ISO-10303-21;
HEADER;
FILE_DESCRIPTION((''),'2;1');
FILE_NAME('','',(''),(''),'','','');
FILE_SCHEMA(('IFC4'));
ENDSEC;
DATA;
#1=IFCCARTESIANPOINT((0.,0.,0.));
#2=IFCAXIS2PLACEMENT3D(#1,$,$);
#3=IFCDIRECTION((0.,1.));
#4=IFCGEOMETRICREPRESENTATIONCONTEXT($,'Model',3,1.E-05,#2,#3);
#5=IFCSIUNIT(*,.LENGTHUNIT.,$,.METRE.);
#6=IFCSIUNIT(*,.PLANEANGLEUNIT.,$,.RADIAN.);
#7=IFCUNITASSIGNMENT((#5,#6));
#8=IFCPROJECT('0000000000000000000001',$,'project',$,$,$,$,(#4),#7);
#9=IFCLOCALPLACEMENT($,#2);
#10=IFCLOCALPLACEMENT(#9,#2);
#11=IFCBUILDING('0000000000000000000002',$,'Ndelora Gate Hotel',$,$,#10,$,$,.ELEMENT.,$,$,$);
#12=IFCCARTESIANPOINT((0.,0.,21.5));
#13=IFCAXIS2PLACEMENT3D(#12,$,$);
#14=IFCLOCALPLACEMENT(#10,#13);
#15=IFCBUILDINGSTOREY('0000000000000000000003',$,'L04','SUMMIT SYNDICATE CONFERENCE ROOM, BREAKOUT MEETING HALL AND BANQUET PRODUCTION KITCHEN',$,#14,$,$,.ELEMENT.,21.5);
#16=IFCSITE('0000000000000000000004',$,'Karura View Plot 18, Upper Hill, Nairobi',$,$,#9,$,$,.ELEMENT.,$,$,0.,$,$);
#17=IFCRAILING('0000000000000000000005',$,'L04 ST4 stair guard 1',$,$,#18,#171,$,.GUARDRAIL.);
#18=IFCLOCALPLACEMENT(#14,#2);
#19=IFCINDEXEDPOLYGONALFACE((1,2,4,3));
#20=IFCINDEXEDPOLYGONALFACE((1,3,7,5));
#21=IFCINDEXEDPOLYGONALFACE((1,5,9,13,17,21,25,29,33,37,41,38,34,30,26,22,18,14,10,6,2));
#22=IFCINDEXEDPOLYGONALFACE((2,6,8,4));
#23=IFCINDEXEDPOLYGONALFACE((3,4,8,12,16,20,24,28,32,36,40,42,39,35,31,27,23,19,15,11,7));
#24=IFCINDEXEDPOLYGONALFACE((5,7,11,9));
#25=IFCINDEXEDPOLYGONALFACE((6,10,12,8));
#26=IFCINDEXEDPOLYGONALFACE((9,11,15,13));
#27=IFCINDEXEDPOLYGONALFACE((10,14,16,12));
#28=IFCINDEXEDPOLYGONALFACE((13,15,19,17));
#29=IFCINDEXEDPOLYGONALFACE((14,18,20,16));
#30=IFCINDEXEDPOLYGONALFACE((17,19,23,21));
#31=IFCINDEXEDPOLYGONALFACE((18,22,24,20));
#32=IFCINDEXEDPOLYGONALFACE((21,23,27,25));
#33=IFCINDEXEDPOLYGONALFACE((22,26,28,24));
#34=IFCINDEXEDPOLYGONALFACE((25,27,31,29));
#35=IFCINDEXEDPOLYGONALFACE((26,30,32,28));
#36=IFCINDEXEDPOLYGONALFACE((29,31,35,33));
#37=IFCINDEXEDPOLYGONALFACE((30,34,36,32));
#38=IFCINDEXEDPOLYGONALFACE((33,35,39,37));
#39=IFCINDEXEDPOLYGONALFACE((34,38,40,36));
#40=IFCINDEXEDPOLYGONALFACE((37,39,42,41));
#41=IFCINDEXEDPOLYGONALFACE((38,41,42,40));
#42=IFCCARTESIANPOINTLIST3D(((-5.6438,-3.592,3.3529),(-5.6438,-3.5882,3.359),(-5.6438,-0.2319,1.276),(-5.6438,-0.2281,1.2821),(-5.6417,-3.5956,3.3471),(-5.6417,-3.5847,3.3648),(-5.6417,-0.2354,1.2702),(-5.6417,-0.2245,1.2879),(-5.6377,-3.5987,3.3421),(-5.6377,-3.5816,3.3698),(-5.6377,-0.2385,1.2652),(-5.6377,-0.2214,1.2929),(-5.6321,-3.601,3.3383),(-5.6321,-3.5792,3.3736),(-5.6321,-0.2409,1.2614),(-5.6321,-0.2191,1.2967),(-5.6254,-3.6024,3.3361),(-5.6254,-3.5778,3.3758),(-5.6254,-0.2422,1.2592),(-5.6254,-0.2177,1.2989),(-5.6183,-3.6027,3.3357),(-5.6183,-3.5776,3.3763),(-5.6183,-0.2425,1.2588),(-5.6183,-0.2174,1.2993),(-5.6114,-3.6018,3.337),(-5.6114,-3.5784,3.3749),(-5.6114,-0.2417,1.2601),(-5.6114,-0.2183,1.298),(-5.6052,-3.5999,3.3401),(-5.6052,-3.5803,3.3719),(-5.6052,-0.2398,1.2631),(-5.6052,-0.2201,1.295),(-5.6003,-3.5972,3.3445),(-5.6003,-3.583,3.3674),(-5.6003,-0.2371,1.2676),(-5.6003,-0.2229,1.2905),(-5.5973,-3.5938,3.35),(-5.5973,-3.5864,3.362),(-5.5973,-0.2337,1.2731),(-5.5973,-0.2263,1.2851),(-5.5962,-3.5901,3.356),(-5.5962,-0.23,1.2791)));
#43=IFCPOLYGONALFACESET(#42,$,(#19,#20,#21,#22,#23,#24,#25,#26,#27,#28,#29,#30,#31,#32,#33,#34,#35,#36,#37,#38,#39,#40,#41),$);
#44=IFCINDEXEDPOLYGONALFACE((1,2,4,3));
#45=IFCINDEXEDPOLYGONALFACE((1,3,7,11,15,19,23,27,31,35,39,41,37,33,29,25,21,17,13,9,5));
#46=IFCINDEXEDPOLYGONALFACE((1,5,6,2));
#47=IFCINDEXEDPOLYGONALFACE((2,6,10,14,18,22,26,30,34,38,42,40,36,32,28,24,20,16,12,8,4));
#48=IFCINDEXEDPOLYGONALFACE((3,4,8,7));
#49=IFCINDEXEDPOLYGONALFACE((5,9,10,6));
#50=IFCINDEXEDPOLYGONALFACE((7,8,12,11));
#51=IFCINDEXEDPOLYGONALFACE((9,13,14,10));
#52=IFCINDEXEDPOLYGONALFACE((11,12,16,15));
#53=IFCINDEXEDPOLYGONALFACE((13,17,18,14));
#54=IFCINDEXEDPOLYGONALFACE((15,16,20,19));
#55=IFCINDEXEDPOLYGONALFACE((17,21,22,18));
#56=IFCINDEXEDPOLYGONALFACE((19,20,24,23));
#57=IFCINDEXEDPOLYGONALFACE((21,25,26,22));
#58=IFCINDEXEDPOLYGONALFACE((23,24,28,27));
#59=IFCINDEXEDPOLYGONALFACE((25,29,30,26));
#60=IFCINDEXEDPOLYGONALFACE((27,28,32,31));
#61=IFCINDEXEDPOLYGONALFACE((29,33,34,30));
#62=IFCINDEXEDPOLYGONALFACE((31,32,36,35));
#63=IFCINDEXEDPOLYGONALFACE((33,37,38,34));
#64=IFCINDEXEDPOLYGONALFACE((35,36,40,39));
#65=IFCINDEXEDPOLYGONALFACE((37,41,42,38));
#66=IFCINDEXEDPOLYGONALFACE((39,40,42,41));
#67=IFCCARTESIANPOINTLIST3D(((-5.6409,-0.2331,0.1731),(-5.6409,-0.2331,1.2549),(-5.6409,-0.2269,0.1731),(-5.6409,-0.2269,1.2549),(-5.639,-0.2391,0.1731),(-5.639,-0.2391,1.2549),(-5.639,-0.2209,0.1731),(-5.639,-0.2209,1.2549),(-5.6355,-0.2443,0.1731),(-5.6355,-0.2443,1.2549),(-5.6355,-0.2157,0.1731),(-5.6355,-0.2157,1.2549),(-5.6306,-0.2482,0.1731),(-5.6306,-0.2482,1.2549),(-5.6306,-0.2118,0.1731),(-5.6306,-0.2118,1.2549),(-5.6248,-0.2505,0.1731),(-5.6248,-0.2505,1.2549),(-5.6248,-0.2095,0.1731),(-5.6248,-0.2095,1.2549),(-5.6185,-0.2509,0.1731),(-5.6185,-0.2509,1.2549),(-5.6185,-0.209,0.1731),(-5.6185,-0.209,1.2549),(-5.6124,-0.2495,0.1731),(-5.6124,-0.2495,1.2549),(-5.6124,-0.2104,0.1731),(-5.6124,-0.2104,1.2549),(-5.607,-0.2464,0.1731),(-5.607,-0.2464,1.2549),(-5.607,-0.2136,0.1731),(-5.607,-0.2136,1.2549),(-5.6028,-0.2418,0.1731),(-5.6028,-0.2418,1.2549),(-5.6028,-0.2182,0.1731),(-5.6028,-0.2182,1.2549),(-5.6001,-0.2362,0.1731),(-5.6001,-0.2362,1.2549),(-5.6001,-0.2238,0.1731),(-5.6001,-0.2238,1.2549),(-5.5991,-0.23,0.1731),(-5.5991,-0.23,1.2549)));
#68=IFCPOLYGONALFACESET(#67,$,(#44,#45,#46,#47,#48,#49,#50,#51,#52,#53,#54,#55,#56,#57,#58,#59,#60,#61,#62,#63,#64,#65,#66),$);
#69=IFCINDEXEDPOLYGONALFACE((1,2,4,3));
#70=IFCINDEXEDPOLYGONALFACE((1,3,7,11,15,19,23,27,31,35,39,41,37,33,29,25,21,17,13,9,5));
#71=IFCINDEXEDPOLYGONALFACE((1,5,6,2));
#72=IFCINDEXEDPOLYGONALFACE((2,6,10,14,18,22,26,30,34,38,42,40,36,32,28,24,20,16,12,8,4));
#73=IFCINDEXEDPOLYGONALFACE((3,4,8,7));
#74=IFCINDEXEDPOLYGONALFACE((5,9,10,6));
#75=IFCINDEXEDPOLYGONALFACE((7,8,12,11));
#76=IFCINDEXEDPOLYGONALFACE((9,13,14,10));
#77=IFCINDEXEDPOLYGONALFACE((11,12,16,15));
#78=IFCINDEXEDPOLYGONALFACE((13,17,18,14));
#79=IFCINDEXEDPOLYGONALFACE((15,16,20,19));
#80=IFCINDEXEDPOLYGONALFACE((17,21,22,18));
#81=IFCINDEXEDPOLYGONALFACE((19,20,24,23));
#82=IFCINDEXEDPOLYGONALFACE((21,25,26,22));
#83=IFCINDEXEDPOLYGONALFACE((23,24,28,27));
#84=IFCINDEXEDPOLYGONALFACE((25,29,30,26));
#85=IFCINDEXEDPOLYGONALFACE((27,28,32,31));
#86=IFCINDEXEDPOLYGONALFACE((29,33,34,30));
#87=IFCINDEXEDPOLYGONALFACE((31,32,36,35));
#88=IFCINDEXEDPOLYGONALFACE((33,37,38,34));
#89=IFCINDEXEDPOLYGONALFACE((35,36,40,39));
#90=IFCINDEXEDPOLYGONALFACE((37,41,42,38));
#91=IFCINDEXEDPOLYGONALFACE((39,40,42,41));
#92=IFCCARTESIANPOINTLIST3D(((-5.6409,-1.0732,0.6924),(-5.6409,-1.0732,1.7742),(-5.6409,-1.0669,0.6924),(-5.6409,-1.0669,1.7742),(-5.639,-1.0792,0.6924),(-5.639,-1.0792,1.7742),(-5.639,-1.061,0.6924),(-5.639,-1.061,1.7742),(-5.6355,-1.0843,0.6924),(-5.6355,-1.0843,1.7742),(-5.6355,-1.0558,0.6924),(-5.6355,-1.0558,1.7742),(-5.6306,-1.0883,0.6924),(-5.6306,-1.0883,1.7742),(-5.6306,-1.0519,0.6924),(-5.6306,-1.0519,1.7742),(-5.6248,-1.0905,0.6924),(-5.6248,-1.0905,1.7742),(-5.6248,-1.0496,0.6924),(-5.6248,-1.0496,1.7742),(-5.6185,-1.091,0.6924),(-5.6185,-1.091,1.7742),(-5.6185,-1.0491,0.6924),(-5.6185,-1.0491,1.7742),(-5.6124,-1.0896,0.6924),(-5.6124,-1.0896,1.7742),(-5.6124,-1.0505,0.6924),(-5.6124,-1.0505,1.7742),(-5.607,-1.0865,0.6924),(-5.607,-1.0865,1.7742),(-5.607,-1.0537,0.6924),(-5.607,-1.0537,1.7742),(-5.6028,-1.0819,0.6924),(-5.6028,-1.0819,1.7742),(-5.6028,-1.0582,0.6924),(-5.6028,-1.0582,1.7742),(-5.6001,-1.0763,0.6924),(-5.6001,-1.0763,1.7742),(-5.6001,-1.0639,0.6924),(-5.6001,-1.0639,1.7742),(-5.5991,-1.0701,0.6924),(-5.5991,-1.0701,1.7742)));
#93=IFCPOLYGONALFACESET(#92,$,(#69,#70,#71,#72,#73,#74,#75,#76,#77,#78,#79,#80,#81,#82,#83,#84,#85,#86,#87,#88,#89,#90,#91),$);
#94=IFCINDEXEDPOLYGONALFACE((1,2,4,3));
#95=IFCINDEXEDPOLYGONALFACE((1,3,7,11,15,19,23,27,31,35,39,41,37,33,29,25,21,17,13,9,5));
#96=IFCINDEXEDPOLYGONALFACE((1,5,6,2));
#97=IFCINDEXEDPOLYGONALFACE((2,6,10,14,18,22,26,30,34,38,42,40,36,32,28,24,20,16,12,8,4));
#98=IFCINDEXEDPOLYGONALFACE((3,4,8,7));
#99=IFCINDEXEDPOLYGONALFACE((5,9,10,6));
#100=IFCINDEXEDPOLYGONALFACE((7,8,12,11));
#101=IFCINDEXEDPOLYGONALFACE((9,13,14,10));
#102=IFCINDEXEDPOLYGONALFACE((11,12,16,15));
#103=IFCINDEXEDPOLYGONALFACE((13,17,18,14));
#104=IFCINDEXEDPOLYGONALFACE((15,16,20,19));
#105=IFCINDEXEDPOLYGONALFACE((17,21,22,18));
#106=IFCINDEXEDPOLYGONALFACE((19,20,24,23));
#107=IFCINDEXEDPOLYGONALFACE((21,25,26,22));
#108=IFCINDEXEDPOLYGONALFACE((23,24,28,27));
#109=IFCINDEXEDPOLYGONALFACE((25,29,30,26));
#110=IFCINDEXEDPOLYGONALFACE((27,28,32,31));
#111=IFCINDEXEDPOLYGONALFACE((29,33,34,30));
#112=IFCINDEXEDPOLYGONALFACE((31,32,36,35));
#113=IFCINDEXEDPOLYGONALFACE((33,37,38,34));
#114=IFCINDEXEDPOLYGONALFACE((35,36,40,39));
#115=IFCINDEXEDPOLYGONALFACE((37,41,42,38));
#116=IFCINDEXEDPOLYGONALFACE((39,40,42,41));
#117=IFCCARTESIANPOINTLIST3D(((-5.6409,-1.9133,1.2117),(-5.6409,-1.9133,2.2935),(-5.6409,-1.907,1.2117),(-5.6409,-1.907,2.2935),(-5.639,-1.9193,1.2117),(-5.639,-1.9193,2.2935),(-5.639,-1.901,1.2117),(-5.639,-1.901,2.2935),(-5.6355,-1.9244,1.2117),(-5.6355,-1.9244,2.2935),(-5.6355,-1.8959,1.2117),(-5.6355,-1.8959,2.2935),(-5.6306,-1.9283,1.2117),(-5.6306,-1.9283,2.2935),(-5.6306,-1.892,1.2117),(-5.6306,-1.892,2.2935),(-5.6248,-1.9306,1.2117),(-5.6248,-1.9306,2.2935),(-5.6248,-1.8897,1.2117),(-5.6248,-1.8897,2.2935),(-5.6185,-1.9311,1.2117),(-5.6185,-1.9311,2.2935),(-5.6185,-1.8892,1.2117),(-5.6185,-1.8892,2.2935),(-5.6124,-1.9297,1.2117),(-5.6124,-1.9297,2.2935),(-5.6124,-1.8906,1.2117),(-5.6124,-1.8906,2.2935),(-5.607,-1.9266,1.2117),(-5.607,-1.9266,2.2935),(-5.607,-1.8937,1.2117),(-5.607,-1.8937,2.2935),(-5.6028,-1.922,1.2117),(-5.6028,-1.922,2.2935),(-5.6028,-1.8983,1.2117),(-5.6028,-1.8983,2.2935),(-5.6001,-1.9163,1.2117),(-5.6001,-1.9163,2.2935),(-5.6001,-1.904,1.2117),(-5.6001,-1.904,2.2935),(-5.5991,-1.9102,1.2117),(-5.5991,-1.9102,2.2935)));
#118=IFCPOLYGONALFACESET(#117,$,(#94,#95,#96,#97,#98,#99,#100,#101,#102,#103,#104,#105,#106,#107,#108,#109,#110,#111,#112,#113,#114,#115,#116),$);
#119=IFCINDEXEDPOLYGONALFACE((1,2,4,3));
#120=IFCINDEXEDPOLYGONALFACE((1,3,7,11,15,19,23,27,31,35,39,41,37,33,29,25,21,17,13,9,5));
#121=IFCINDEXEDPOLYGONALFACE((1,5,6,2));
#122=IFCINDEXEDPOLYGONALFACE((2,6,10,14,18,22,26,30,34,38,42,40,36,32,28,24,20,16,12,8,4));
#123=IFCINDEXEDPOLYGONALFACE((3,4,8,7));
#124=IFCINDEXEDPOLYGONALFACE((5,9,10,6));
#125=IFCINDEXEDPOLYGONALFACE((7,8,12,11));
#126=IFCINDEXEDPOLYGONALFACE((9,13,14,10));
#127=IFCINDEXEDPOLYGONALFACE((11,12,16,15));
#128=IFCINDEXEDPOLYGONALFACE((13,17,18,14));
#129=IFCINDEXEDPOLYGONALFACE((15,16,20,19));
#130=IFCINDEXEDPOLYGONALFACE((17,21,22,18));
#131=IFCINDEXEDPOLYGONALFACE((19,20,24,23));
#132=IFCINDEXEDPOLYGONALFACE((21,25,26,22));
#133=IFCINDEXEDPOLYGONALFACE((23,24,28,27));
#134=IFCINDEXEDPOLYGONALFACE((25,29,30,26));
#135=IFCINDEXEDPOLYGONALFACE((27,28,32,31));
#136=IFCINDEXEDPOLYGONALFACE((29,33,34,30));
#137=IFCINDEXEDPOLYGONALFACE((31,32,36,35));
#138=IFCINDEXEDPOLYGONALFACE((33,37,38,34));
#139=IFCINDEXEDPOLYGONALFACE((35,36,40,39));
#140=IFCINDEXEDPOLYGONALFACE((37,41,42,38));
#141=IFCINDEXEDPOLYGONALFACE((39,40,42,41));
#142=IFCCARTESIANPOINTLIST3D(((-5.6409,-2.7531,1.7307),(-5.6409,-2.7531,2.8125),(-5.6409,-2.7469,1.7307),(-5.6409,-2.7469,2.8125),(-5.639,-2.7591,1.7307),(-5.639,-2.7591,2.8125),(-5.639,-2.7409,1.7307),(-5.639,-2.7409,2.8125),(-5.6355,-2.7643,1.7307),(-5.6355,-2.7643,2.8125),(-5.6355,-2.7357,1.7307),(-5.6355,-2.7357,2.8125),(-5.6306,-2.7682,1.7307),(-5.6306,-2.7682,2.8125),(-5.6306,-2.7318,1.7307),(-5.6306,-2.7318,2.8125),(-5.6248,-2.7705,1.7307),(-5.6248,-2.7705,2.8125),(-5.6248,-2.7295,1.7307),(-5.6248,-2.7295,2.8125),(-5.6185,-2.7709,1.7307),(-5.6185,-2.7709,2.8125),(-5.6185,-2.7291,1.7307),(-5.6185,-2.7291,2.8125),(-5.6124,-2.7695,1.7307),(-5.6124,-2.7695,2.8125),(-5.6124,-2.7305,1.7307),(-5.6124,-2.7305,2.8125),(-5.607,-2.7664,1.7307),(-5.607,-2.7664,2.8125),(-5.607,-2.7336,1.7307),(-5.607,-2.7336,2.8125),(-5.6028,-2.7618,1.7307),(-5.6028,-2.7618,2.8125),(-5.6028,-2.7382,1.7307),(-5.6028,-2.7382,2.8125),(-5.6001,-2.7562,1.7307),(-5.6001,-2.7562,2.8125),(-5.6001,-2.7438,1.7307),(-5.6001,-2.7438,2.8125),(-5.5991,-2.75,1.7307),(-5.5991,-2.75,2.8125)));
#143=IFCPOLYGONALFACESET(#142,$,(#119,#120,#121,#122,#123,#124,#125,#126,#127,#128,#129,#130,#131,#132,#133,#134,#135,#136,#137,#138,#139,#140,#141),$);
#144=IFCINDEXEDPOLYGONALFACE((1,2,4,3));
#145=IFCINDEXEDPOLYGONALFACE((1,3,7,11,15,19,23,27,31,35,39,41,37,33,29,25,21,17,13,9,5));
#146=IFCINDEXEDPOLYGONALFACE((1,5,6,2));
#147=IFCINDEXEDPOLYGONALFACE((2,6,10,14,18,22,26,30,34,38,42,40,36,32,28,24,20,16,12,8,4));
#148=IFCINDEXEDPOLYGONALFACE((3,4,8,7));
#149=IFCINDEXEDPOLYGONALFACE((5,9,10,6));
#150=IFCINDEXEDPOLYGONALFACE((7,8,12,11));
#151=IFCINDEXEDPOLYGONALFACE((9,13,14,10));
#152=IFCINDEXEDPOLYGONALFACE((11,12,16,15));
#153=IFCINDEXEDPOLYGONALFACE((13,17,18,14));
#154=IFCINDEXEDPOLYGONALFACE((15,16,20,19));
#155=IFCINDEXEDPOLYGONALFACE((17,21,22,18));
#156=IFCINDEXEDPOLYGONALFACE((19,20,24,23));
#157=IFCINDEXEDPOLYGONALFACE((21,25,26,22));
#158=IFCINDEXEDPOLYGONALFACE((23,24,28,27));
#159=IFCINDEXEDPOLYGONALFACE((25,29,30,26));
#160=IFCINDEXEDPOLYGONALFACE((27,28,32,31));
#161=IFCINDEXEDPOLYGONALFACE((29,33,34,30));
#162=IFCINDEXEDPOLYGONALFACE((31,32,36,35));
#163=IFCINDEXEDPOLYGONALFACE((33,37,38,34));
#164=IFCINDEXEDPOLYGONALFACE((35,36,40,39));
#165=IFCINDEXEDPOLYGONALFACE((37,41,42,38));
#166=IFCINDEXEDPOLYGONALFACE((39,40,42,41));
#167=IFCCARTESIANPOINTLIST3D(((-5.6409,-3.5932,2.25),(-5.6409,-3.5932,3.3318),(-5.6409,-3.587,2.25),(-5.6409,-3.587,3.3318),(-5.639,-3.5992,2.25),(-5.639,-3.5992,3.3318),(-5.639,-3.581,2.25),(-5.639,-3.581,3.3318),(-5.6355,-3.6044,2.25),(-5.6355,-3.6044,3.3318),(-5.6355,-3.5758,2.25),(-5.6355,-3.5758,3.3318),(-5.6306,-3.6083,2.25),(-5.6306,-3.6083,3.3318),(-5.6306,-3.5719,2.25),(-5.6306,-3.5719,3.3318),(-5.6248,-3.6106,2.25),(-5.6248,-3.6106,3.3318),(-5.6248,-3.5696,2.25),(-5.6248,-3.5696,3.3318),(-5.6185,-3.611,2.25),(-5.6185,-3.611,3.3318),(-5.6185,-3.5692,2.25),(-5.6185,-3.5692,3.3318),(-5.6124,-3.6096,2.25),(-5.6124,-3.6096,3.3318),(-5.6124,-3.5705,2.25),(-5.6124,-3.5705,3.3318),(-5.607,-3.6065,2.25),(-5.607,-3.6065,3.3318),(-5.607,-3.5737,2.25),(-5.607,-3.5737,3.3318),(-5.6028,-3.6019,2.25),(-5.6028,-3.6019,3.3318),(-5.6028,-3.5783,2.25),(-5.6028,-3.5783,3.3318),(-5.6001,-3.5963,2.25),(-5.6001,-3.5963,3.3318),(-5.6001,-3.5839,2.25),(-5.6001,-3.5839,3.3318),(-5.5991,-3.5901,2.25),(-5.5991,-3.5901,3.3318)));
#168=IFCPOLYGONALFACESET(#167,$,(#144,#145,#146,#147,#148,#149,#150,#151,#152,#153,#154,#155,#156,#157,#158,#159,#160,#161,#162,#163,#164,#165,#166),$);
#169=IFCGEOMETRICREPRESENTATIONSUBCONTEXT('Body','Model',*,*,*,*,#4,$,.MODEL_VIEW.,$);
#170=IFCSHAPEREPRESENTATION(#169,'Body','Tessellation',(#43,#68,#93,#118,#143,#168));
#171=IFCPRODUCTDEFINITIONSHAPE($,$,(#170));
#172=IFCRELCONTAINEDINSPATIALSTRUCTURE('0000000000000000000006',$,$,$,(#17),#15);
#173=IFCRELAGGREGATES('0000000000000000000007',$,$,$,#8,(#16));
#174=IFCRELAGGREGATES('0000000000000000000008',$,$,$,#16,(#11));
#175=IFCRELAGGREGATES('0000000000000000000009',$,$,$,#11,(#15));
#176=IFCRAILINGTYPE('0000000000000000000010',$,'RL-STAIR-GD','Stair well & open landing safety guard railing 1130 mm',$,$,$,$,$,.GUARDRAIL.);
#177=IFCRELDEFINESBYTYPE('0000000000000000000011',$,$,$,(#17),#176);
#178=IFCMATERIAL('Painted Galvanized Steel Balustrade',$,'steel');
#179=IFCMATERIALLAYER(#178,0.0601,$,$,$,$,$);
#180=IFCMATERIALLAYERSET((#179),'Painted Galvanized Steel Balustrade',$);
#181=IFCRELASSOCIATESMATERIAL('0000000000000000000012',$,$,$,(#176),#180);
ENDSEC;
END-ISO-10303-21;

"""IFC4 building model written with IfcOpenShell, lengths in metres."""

from ifc_helpers import new_model, si_unit, direction, frame, origin, origin_2d, place, context, subcontext, project, spatial, circle, extrude, material, layer, layer_set, type_object, element, save


model = new_model("IFC4")

# Units and contexts
model_context = context("Model", 3, precision=1e-05, world=origin(), true_north=direction((0.0, 1.0)))
body_context = subcontext(model_context, "Body", "Model", "MODEL_VIEW")
ifc_project = project(units=[si_unit("LENGTHUNIT", "METRE"), si_unit("PLANEANGLEUNIT", "RADIAN")], contexts=[model_context])

# Site, building, storey
site_placement = place(None, origin())
site = spatial("IfcSite", under=ifc_project, at=site_placement, Name="Karura View Plot 18, Upper Hill, Nairobi", CompositionType="ELEMENT", RefElevation=0.0)
building_placement = place(site_placement, origin())
building = spatial("IfcBuilding", under=site, at=building_placement, Name="Ndelora Gate Hotel", CompositionType="ELEMENT")
storey_placement = place(building_placement, frame((0.0, 0.0, 21.5)))
storey = spatial("IfcBuildingStorey", under=building, at=storey_placement, Name="L04", Description="SUMMIT SYNDICATE CONFERENCE ROOM, BREAKOUT MEETING HALL AND BANQUET PRODUCTION KITCHEN", CompositionType="ELEMENT", Elevation=21.5)

# Railing
ifc_material_1 = material(Name="Painted Galvanized Steel Balustrade", Category="steel")
ifc_layer_1 = layer(ifc_material_1, 0.0601)
ifc_layer_set_1 = layer_set([ifc_layer_1], Name="Painted Galvanized Steel Balustrade")
railing_type_1 = type_object("IfcRailingType", Name="RL-STAIR-GD", Description="Stair well & open landing safety guard railing 1130 mm", PredefinedType="GUARDRAIL", material=ifc_layer_set_1)
railing_1_placement = place(storey_placement, frame((-5.6201, -0.23, 0.1731)))
element("IfcRailing", 1, at=railing_1_placement, inside=storey, type_object=railing_type_1, Name="L04 ST4 stair guard 1", PredefinedType="GUARDRAIL", context=body_context, shape_type="SweptSolid", body=[
    extrude(circle(Radius=0.0239, at=origin_2d()), frame((0.0, 0.0, 1.106), z_axis=(0.0, -0.850623, 0.525776), x_axis=(1.0, 0.0, 0.0)), (0.0, 0.0, 1.0), 3.9502),
    extrude(circle(Radius=0.021, at=origin_2d()), origin(), (0.0, 0.0, 1.0), 1.0818),
    extrude(circle(Radius=0.021, at=origin_2d()), frame((0.0, -0.8401, 0.5193)), (0.0, 0.0, 1.0), 1.0818),
    extrude(circle(Radius=0.021, at=origin_2d()), frame((0.0, -1.6802, 1.0386)), (0.0, 0.0, 1.0), 1.0818),
    extrude(circle(Radius=0.021, at=origin_2d()), frame((0.0, -2.52, 1.5576)), (0.0, 0.0, 1.0), 1.0818),
    extrude(circle(Radius=0.021, at=origin_2d()), frame((0.0, -3.3601, 2.0769)), (0.0, 0.0, 1.0), 1.0818),
])

save(model, "model.ifc")
